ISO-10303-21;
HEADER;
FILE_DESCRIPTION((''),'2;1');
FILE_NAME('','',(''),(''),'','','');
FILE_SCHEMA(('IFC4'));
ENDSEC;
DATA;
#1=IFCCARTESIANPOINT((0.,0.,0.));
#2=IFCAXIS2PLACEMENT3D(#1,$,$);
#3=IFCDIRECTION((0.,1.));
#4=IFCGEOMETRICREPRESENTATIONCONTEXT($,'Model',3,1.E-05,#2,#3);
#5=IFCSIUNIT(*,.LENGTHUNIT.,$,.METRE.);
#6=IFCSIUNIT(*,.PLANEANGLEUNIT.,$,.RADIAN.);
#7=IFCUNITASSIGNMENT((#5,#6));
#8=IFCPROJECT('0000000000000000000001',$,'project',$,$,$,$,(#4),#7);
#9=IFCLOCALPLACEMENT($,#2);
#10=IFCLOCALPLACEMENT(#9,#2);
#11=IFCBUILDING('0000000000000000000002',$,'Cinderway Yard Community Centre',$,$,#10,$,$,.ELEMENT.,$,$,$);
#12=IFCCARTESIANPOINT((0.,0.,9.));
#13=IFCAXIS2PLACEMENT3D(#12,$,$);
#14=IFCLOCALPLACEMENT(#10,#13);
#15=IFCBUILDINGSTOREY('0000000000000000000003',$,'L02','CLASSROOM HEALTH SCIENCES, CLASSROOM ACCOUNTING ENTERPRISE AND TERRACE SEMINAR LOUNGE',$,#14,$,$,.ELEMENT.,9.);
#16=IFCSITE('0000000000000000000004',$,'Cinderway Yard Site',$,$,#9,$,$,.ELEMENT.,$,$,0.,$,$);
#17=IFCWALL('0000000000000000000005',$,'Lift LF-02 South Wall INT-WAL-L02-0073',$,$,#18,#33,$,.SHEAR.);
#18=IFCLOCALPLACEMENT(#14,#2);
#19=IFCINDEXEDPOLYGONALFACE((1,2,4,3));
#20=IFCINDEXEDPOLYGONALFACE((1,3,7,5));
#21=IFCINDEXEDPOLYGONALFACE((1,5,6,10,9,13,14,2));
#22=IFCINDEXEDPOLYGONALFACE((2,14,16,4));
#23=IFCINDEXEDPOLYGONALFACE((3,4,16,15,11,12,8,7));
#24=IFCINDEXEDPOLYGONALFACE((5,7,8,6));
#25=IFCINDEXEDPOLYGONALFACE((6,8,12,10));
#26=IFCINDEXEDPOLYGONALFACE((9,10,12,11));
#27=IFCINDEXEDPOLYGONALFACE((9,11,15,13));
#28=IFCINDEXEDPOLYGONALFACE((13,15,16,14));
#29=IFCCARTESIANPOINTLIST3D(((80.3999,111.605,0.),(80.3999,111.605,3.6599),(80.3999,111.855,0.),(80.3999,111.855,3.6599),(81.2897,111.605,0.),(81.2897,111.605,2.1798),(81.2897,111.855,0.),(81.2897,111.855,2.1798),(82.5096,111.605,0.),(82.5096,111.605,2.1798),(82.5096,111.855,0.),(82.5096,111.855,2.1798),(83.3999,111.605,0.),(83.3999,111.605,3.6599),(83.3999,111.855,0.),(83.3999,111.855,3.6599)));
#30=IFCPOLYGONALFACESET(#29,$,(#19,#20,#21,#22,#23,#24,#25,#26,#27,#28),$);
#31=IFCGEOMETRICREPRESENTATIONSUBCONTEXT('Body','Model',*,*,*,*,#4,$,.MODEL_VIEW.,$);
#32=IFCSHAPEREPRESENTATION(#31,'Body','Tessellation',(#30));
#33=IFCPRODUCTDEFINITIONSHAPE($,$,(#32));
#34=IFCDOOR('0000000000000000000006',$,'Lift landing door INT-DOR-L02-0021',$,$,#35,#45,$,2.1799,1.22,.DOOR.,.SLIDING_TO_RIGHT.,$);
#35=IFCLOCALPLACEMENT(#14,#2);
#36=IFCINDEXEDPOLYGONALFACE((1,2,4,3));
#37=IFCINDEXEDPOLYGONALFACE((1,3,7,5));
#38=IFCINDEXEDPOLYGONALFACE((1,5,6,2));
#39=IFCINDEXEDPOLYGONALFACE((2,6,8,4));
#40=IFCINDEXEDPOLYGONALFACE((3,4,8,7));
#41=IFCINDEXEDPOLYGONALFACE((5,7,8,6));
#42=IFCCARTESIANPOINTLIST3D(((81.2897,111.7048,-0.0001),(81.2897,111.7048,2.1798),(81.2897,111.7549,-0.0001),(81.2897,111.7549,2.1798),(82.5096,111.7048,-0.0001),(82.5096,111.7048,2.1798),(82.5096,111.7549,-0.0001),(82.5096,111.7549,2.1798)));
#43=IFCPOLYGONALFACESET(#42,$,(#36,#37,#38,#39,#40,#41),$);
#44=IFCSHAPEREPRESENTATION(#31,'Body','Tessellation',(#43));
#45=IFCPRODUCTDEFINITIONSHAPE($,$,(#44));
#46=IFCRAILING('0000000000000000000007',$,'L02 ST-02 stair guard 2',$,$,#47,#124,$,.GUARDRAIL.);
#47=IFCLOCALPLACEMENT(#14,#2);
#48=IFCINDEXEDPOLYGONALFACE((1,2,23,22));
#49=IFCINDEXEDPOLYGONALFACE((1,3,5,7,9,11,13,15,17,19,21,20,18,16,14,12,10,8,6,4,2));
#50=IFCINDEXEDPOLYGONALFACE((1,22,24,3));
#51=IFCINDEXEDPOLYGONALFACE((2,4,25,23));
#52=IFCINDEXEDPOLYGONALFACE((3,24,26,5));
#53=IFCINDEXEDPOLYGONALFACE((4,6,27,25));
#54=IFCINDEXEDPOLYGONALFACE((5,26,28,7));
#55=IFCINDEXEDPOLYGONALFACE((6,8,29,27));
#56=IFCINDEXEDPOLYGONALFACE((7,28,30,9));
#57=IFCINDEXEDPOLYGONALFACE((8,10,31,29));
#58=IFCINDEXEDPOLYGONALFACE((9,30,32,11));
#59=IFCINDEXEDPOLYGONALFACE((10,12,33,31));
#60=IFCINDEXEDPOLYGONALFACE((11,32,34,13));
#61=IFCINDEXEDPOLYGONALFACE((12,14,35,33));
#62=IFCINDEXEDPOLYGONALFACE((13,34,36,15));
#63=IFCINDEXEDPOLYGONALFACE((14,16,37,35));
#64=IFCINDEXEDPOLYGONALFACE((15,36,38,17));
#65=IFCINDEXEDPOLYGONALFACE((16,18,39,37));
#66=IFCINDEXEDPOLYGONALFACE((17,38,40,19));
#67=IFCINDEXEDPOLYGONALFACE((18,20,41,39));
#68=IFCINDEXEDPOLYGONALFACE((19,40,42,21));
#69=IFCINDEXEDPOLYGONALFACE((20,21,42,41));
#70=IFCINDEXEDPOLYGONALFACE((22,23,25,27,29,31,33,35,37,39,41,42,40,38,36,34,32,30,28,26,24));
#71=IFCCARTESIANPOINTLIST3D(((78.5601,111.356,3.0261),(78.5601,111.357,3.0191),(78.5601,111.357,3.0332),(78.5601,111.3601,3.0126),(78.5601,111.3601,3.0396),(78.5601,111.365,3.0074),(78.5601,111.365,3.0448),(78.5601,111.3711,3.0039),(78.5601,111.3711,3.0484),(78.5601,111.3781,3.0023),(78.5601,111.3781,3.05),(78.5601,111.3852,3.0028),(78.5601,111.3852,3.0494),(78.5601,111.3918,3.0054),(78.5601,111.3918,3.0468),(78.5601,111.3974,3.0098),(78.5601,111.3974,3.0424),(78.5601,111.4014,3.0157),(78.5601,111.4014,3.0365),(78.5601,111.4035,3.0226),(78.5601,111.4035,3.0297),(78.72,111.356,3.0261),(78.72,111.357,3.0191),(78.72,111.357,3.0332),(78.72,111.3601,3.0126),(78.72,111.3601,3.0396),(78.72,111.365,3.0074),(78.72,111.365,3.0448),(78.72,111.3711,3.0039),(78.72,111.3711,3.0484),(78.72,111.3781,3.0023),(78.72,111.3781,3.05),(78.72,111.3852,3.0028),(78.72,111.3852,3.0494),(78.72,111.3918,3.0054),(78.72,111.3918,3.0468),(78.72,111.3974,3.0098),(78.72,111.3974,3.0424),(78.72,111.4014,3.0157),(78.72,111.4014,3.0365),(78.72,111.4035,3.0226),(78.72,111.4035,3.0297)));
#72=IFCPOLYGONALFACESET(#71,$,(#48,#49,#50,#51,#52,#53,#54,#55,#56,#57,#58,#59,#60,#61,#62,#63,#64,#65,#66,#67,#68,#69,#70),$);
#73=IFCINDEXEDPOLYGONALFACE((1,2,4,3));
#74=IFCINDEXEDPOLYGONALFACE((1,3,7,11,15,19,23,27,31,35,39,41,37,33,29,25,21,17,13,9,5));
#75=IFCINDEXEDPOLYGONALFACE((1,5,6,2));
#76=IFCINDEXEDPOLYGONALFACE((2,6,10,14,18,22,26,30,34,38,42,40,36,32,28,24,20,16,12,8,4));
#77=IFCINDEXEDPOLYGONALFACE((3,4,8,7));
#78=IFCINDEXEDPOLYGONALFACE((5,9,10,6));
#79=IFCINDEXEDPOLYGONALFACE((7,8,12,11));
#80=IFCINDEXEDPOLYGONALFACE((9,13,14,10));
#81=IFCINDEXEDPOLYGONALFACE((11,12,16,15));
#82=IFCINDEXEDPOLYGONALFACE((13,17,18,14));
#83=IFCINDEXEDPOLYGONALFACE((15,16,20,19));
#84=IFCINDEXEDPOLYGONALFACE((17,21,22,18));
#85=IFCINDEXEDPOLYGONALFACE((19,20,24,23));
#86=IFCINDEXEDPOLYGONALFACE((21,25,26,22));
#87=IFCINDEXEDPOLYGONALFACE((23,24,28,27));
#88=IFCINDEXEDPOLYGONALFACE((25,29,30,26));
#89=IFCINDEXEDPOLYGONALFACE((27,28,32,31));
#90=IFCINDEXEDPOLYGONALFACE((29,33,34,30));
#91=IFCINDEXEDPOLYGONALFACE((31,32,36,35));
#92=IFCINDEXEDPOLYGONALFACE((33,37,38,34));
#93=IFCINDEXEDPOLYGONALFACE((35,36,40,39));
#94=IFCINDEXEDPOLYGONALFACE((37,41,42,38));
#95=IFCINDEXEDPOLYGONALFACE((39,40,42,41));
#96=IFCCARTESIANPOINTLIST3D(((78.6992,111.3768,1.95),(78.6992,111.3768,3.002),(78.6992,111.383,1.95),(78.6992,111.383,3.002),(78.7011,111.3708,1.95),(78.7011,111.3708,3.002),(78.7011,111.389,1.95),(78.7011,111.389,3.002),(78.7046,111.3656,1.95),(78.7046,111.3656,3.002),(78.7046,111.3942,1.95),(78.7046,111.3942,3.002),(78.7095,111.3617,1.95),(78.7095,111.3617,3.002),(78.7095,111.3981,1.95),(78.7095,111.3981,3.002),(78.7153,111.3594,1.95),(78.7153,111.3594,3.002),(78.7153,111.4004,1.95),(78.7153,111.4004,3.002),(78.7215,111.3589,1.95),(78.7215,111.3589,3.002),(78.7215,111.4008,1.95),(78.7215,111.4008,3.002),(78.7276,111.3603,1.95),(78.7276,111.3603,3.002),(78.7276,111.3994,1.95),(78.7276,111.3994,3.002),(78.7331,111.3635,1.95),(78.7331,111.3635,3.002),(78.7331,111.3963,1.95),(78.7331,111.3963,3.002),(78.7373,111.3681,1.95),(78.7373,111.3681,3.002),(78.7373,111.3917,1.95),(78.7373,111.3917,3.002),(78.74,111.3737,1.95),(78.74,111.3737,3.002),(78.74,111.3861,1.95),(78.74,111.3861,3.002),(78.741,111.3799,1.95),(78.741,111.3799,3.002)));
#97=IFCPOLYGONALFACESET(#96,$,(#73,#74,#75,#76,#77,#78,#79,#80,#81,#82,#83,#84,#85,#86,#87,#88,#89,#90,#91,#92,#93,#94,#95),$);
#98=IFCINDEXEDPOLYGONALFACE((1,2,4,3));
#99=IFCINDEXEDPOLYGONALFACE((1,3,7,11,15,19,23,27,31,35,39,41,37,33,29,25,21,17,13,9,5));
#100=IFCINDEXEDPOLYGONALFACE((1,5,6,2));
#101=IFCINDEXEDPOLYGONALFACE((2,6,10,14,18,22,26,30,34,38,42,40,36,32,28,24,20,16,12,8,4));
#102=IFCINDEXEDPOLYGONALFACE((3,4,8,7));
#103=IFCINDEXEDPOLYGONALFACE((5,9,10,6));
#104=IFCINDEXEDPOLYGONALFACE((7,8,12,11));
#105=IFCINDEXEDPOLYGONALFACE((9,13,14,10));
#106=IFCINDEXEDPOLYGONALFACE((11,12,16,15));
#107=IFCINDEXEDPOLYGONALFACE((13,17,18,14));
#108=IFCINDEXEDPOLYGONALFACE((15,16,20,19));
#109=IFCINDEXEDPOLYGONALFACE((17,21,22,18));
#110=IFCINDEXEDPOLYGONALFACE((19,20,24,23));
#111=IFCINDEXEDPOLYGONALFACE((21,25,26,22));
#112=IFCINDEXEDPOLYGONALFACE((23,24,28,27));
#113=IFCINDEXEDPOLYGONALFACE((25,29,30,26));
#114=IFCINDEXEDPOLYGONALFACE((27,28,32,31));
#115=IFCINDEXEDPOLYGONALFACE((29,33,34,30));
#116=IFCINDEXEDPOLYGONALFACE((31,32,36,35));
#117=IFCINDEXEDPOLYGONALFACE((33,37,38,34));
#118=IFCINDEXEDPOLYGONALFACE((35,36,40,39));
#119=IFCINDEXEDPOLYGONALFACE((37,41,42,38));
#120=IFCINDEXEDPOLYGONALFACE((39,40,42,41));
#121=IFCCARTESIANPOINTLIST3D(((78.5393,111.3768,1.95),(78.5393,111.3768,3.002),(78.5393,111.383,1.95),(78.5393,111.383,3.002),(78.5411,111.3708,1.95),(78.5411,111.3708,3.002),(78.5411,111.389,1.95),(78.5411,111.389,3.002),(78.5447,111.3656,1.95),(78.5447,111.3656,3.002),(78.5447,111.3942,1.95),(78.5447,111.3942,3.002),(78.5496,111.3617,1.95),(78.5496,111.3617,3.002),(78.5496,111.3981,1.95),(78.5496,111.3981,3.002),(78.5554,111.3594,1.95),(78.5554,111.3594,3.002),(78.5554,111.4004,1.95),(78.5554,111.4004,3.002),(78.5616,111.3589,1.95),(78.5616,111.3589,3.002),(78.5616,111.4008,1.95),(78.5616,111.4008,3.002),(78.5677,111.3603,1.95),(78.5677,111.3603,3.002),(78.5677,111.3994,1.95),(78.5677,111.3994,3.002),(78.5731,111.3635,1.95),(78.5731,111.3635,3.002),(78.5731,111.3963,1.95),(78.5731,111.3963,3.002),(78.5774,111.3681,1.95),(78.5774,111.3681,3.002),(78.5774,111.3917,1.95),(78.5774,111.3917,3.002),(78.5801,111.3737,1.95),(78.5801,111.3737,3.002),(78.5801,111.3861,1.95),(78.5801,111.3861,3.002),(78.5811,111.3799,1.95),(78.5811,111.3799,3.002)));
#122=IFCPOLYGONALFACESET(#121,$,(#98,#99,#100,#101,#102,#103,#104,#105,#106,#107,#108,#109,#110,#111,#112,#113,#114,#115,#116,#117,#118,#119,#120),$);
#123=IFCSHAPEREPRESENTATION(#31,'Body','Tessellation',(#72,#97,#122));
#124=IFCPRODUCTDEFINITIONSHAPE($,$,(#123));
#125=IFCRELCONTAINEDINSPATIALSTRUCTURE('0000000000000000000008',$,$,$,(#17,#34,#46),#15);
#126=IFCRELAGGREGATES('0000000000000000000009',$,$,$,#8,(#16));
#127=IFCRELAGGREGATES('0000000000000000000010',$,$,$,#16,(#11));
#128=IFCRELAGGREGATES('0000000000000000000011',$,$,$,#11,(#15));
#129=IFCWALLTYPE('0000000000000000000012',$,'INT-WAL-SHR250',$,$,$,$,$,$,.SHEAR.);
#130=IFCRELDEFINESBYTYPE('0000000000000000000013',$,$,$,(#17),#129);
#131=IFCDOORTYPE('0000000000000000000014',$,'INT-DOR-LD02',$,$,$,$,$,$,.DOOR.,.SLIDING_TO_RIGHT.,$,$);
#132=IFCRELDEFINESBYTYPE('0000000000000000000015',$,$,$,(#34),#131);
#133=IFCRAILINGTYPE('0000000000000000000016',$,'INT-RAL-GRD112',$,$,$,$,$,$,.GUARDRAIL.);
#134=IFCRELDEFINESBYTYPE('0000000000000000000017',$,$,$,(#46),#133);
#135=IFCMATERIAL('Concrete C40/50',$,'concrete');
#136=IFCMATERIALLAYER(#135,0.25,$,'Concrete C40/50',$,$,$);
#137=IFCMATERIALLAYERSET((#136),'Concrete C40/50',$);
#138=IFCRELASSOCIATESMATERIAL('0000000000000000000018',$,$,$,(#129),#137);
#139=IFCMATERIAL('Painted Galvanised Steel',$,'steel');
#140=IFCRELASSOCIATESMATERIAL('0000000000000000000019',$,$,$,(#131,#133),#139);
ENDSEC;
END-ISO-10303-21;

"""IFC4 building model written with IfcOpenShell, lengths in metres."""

from ifc_helpers import new_model, si_unit, direction, frame, frame_2d, origin, origin_2d, place, context, subcontext, project, spatial, rectangle, circle, extrude, material, layer, layer_set, type_object, element, fill, save


model = new_model("IFC4")

# Units and contexts
model_context = context("Model", 3, precision=1e-05, world=origin(), true_north=direction((0.0, 1.0)))
body_context = subcontext(model_context, "Body", "Model", "MODEL_VIEW")
ifc_project = project(units=[si_unit("LENGTHUNIT", "METRE"), si_unit("PLANEANGLEUNIT", "RADIAN")], contexts=[model_context])

# Site, building, storey
site_placement = place(None, origin())
site = spatial("IfcSite", under=ifc_project, at=site_placement, Name="Cinderway Yard Site", CompositionType="ELEMENT", RefElevation=0.0)
building_placement = place(site_placement, origin())
building = spatial("IfcBuilding", under=site, at=building_placement, Name="Cinderway Yard Community Centre", CompositionType="ELEMENT")
storey_placement = place(building_placement, frame((0.0, 0.0, 9.0)))
storey = spatial("IfcBuildingStorey", under=building, at=storey_placement, Name="L02", Description="CLASSROOM HEALTH SCIENCES, CLASSROOM ACCOUNTING ENTERPRISE AND TERRACE SEMINAR LOUNGE", CompositionType="ELEMENT", Elevation=9.0)

# Shared definitions
ifc_material_1 = material(Name="Concrete C40/50", Category="concrete")

# Shared definitions
ifc_layer_1 = layer(ifc_material_1, 0.25, Name="Concrete C40/50")
ifc_layer_set_1 = layer_set([ifc_layer_1], Name="Concrete C40/50")
wall_type_1 = type_object("IfcWallType", Name="INT-WAL-SHR250", PredefinedType="SHEAR", material=ifc_layer_set_1)

# Wall, opening, door
wall_1_placement = place(storey_placement, frame((80.3999, 111.73, 0.0), z_axis=(0.0, 0.0, 1.0), x_axis=(1.0, 0.0, 0.0)))
wall_1 = element("IfcWall", 1, at=wall_1_placement, inside=storey, type_object=wall_type_1, Name="Lift LF-02 South Wall INT-WAL-L02-0073", PredefinedType="SHEAR", context=body_context, shape_type="SweptSolid", body=[
    extrude(rectangle(XDim=3.0, YDim=0.25, at=frame_2d((1.5, 0.0))), origin(), (0.0, 0.0, 1.0), 3.6599),
])
opening_placement = place(wall_1_placement, frame((0.8899, 0.0, 0.0)))
opening = element("IfcOpeningElement", 2, at=opening_placement, cuts=wall_1, PredefinedType="OPENING", context=body_context, shape_type="SweptSolid", body=[
    extrude(rectangle(XDim=1.22, YDim=2.1799, at=frame_2d((0.6099, 1.0898))), frame((0.0, 0.135, 0.0), z_axis=(0.0, -1.0, 0.0), x_axis=(1.0, 0.0, 0.0)), (0.0, 0.0, 1.0), 0.27),
])
ifc_material_2 = material(Name="Painted Galvanised Steel", Category="steel")
door_type = type_object("IfcDoorType", Name="INT-DOR-LD02", OperationType="SLIDING_TO_RIGHT", PredefinedType="DOOR", material=ifc_material_2)
door_placement = place(opening_placement, origin())
door = element("IfcDoor", 3, at=door_placement, inside=storey, type_object=door_type, Name="Lift landing door INT-DOR-L02-0021", OperationType="SLIDING_TO_RIGHT", OverallHeight=2.1799, OverallWidth=1.22, PredefinedType="DOOR", context=body_context, shape_type="SweptSolid", body=[
    extrude(rectangle(XDim=1.22, YDim=2.1799, at=frame_2d((0.6099, 1.0898))), frame((0.0, 0.0249, 0.0), z_axis=(0.0, -1.0, 0.0), x_axis=(1.0, 0.0, 0.0)), (0.0, 0.0, 1.0), 0.05),
])
fill(opening, door)

# Railing
railing_type = type_object("IfcRailingType", Name="INT-RAL-GRD112", PredefinedType="GUARDRAIL", material=ifc_material_2)
railing_1_placement = place(storey_placement, frame((78.72, 111.3799, 1.95)))
element("IfcRailing", 4, at=railing_1_placement, inside=storey, type_object=railing_type, Name="L02 ST-02 stair guard 2", PredefinedType="GUARDRAIL", context=body_context, shape_type="SweptSolid", body=[
    extrude(circle(Radius=0.0239, at=origin_2d()), frame((0.0, 0.0, 1.0762), z_axis=(-1.0, 0.0, 0.0), x_axis=(0.0, -1.0, 0.0)), (0.0, 0.0, 1.0), 0.1599),
    extrude(circle(Radius=0.021, at=origin_2d()), origin(), (0.0, 0.0, 1.0), 1.052),
    extrude(circle(Radius=0.021, at=origin_2d()), frame((-0.1599, 0.0, 0.0)), (0.0, 0.0, 1.0), 1.052),
])

save(model, "model.ifc")
